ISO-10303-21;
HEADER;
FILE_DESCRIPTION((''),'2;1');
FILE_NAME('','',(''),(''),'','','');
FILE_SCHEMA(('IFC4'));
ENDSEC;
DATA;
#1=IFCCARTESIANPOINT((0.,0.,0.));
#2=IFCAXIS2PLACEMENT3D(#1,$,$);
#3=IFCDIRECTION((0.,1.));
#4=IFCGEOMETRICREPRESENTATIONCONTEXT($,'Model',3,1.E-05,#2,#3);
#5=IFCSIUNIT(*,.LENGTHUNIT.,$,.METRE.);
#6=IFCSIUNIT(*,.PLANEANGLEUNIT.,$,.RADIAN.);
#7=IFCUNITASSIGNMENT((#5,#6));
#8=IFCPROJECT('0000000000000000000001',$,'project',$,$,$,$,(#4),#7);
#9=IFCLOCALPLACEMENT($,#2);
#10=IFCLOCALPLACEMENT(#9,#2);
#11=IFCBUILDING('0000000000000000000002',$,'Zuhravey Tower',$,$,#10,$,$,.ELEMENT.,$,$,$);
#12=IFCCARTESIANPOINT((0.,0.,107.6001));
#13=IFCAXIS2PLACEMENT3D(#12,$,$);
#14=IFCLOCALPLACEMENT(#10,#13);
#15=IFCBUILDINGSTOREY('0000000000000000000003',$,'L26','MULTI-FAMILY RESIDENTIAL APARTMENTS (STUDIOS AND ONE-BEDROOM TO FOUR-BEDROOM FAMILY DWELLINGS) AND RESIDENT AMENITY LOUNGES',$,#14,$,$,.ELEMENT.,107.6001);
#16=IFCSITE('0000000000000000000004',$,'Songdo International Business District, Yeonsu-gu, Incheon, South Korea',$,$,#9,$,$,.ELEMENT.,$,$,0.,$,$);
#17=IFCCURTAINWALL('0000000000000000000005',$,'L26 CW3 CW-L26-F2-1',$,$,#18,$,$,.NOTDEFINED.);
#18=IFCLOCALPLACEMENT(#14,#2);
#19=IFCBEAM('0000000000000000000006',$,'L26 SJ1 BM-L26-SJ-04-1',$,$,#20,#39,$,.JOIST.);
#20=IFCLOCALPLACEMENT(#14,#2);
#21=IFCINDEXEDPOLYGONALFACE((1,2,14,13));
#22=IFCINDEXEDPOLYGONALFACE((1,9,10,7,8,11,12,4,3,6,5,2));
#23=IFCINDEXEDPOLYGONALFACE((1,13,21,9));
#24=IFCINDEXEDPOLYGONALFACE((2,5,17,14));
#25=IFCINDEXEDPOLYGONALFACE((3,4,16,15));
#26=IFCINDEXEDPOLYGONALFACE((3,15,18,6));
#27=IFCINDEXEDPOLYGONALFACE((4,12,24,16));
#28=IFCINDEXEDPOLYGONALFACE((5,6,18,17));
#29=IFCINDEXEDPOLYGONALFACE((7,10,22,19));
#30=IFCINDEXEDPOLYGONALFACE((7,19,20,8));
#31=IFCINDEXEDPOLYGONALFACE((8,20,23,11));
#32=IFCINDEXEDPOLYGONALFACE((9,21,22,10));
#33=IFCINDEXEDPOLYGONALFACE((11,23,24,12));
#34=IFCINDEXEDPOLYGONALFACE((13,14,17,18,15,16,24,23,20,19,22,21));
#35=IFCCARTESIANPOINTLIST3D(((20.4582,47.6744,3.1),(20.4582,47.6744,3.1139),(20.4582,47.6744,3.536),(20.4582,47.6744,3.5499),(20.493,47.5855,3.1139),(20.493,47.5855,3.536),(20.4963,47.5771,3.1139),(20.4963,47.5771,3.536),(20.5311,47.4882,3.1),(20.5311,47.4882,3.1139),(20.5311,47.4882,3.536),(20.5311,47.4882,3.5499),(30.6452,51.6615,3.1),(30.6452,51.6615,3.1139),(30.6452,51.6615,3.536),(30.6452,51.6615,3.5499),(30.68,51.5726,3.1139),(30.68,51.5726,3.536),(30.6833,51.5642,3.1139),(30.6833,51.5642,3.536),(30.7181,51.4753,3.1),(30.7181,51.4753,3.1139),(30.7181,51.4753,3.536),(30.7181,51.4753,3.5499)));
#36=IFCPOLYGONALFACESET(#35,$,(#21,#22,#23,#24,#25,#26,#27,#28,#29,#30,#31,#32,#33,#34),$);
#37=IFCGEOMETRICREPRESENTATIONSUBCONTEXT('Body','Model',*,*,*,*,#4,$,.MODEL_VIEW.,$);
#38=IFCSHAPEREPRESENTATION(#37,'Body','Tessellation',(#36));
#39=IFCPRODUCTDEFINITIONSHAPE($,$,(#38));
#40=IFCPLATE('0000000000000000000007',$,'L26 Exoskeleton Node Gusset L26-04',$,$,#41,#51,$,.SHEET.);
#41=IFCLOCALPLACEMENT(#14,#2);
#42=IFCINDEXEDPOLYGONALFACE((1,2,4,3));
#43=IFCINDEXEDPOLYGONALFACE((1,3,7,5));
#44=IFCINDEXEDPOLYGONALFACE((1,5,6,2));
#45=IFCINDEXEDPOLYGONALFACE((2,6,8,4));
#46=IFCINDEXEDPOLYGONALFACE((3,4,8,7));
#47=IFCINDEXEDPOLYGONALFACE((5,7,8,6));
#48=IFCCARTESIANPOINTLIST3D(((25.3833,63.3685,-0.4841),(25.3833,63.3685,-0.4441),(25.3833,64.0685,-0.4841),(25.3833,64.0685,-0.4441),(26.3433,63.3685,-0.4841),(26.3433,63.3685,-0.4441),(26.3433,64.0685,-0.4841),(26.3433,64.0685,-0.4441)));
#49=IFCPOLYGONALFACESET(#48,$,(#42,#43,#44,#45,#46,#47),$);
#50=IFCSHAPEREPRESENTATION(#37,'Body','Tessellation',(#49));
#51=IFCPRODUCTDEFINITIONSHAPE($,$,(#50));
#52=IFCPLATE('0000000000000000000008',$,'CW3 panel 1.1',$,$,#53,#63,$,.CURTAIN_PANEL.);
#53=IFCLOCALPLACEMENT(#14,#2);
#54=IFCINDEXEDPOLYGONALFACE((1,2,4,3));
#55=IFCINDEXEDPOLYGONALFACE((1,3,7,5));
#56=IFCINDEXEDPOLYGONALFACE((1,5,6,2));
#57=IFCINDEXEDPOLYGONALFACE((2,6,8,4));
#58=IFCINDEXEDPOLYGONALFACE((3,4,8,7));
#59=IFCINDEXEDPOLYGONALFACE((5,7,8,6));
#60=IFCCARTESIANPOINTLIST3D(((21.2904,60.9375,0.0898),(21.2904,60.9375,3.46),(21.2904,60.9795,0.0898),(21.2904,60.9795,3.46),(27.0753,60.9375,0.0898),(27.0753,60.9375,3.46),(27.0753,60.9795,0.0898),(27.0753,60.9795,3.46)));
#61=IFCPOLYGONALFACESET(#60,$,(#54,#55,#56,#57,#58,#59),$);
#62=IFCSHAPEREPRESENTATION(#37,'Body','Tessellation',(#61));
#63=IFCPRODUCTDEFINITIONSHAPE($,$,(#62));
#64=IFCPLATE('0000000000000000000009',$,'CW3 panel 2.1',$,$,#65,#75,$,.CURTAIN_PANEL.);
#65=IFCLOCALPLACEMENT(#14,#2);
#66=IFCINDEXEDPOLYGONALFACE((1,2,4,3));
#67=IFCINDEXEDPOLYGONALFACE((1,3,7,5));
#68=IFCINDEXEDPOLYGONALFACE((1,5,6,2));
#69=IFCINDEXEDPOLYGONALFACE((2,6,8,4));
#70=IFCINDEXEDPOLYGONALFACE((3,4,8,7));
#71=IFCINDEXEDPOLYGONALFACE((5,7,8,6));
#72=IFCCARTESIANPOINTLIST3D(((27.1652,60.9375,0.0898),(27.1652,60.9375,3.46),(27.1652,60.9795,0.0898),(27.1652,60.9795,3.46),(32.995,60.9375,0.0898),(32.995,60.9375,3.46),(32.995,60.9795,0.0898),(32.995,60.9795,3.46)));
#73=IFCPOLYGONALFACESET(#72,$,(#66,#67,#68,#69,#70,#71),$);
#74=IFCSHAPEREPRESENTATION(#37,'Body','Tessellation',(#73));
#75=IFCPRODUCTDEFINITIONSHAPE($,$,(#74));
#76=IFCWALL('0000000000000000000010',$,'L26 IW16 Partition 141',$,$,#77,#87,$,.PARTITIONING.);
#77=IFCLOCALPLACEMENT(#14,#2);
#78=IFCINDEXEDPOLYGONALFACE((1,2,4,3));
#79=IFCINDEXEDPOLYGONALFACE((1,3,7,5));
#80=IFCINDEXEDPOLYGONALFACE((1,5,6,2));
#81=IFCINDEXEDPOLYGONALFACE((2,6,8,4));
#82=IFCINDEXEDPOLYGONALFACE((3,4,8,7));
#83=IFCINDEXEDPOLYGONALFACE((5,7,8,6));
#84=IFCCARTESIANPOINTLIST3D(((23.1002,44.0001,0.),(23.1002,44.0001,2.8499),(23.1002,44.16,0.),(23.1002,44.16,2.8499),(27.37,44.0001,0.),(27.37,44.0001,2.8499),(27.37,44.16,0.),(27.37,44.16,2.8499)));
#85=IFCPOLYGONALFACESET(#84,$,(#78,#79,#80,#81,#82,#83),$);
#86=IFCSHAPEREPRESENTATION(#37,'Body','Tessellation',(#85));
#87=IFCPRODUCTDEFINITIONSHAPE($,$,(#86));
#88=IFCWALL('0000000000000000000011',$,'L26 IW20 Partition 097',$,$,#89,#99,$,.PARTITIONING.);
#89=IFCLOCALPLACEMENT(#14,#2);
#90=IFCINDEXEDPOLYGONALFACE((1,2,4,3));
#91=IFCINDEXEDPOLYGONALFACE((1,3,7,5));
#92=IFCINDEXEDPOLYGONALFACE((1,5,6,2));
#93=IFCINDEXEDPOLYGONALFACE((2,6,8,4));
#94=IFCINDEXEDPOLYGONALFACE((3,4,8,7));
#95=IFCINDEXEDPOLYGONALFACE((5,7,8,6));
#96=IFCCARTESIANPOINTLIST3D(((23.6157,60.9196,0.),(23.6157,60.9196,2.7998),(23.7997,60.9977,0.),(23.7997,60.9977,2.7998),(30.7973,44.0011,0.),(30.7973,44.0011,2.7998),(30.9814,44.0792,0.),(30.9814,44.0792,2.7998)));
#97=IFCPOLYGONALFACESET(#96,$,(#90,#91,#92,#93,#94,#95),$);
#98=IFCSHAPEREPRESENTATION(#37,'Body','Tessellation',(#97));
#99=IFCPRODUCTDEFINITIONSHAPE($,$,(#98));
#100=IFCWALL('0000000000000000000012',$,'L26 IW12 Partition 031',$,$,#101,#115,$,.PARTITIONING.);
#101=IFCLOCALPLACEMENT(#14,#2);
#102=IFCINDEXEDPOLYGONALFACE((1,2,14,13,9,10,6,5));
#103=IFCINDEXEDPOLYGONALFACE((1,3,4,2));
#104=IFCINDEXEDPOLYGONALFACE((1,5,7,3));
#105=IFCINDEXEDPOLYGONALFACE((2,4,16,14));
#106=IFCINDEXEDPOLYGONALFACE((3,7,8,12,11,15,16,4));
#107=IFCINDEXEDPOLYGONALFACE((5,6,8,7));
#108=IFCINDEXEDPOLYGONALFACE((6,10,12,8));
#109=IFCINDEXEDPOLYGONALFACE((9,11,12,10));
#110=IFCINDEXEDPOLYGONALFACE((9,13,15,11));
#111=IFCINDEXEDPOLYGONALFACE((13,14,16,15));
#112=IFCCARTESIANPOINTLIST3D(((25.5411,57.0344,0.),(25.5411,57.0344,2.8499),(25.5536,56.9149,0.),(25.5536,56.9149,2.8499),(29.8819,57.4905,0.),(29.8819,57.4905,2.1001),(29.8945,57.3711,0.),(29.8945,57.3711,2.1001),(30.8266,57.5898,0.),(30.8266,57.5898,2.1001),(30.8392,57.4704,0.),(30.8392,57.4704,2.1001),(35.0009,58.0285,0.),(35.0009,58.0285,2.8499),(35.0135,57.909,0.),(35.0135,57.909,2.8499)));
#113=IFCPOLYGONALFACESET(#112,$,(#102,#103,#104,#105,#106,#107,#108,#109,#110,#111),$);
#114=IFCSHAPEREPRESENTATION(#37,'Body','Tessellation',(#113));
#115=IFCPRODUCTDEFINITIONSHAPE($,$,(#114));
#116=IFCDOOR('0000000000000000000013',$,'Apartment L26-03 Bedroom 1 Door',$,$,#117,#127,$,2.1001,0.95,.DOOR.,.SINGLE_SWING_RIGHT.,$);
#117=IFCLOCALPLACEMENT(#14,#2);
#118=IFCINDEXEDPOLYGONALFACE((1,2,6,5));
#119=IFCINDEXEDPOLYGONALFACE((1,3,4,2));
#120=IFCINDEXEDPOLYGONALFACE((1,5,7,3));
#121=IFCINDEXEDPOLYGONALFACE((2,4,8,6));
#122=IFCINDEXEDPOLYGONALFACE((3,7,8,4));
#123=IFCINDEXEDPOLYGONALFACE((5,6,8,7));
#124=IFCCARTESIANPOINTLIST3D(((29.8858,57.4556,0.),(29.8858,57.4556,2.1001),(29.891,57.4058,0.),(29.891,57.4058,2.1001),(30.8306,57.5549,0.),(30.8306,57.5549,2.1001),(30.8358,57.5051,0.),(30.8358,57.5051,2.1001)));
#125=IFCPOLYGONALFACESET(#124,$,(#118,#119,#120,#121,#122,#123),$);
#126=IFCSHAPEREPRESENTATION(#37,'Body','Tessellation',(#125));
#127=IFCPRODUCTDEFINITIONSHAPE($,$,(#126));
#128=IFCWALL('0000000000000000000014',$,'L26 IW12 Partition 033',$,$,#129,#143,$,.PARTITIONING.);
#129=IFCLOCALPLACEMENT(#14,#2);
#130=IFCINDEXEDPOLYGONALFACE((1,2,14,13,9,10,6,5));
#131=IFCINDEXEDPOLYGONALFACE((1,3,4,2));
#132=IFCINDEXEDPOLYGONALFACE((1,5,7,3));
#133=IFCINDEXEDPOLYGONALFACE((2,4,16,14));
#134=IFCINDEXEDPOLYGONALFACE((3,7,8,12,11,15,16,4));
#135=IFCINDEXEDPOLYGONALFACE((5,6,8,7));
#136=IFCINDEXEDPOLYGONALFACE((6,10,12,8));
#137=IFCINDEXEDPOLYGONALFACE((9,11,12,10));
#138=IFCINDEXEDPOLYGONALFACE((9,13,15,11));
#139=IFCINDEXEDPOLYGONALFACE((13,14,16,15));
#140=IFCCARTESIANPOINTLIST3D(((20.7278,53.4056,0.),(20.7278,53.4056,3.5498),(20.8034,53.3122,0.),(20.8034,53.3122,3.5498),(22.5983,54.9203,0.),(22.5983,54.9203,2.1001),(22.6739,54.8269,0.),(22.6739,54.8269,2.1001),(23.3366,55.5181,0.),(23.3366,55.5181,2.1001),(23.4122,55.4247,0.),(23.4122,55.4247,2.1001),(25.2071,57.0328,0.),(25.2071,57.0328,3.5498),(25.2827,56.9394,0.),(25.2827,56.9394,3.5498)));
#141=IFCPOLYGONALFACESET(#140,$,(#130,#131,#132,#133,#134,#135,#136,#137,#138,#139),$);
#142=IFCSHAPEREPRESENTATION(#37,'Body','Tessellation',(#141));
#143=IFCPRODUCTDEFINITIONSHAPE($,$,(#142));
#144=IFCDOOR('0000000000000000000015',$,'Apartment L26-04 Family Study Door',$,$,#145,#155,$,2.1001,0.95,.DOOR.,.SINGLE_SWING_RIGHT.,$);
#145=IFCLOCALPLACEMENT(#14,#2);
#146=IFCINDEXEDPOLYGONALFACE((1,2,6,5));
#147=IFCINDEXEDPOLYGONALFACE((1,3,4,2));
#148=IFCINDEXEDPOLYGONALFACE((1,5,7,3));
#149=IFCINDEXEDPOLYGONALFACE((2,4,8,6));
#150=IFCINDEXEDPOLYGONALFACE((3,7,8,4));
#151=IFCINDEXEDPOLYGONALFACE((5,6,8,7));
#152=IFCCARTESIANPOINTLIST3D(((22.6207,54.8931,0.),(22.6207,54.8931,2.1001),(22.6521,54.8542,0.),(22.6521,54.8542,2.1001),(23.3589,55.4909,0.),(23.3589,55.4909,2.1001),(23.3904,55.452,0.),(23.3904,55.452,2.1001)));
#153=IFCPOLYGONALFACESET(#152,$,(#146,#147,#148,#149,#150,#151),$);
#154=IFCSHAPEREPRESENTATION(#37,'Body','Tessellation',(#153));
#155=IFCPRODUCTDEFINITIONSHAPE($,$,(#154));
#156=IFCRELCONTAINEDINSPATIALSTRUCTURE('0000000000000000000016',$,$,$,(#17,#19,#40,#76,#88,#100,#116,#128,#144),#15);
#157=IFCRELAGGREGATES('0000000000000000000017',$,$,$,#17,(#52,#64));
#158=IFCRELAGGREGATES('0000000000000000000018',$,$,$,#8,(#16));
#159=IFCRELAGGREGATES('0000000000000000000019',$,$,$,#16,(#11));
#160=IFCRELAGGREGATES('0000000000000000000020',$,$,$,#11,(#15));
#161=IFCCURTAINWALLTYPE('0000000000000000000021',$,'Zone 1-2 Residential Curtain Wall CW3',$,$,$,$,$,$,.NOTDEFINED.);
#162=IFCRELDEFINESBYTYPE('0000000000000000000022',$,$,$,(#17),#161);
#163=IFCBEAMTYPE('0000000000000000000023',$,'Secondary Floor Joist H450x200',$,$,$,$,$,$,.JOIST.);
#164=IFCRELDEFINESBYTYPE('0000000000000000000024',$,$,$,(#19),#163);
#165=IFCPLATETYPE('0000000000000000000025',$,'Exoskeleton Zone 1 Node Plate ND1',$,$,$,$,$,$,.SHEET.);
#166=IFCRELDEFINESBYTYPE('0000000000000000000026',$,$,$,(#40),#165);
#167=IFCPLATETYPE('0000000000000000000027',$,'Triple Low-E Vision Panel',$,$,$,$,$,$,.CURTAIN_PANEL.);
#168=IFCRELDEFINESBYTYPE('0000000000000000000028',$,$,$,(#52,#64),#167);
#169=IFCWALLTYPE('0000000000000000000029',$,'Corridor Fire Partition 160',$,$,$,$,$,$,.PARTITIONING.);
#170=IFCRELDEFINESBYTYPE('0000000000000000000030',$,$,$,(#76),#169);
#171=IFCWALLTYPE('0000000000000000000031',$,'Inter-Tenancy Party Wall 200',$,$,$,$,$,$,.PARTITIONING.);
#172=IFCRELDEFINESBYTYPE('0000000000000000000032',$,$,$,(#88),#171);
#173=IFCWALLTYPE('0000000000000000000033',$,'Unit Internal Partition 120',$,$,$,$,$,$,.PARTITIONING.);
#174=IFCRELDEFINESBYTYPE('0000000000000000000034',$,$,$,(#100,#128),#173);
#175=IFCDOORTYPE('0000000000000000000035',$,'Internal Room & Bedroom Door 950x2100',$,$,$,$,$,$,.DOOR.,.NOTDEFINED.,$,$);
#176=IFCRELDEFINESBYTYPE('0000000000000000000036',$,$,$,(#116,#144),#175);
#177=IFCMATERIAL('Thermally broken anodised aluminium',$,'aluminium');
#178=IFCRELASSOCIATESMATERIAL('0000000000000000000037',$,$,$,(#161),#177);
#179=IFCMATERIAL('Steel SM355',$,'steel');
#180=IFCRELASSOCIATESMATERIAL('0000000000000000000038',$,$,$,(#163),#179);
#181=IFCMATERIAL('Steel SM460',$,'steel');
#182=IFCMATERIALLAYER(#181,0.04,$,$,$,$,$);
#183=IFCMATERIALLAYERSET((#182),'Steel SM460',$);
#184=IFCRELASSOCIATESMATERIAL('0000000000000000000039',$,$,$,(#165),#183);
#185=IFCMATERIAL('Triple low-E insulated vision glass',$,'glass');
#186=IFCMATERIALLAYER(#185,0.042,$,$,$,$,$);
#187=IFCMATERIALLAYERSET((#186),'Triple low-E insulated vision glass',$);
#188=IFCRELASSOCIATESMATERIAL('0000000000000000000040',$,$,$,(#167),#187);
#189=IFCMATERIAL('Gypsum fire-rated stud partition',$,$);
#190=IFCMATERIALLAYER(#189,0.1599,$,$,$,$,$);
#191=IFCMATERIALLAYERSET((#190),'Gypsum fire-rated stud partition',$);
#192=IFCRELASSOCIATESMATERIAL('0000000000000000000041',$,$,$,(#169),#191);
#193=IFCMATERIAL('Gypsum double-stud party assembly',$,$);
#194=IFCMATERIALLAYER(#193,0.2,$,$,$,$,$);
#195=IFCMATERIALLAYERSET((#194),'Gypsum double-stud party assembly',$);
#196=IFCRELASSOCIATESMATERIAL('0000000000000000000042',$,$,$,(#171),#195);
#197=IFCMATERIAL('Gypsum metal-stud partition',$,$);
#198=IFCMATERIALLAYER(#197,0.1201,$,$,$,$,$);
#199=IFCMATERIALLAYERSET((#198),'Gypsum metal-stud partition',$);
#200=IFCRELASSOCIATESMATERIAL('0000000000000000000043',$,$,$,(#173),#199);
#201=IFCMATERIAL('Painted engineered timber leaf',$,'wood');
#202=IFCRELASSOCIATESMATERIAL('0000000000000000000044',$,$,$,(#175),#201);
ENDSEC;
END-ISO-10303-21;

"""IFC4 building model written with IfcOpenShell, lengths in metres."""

from ifc_helpers import new_model, si_unit, direction, frame, frame_2d, origin, origin_2d, place, context, subcontext, project, spatial, rectangle, i_section, extrude, material, layer, layer_set, material_profile, profile_set, type_object, element, fill, aggregate, save


model = new_model("IFC4")

# Units and contexts
model_context = context("Model", 3, precision=1e-05, world=origin(), true_north=direction((0.0, 1.0)))
body_context = subcontext(model_context, "Body", "Model", "MODEL_VIEW")
ifc_project = project(units=[si_unit("LENGTHUNIT", "METRE"), si_unit("PLANEANGLEUNIT", "RADIAN")], contexts=[model_context])

# Site, building, storey
site_placement = place(None, origin())
site = spatial("IfcSite", under=ifc_project, at=site_placement, Name="Songdo International Business District, Yeonsu-gu, Incheon, South Korea", CompositionType="ELEMENT", RefElevation=0.0)
building_placement = place(site_placement, origin())
building = spatial("IfcBuilding", under=site, at=building_placement, Name="Zuhravey Tower", CompositionType="ELEMENT")
storey_placement = place(building_placement, frame((0.0, 0.0, 107.6001)))
storey = spatial("IfcBuildingStorey", under=building, at=storey_placement, Name="L26", Description="MULTI-FAMILY RESIDENTIAL APARTMENTS (STUDIOS AND ONE-BEDROOM TO FOUR-BEDROOM FAMILY DWELLINGS) AND RESIDENT AMENITY LOUNGES", CompositionType="ELEMENT", Elevation=107.6001)

# Curtain wall
ifc_material_1 = material(Name="Thermally broken anodised aluminium", Category="aluminium")
curtain_wall_type = type_object("IfcCurtainWallType", Name="Zone 1-2 Residential Curtain Wall CW3", PredefinedType="NOTDEFINED", material=ifc_material_1)
curtain_wall_placement = place(storey_placement, origin())
curtain_wall = element("IfcCurtainWall", 1, at=curtain_wall_placement, inside=storey, type_object=curtain_wall_type, Name="L26 CW3 CW-L26-F2-1", PredefinedType="NOTDEFINED")

# Shared definitions
ifc_material_2 = material(Name="Steel SM460", Category="steel")

# Beam
ifc_material_3 = material(Name="Steel SM355", Category="steel")
ifc_material_profile_1 = material_profile(ifc_material_3, i_section(OverallWidth=0.2, OverallDepth=0.45, WebThickness=0.009, FlangeThickness=0.0139, at=origin_2d()), Name="H-450x200x9x14")
ifc_profile_set_1 = profile_set([ifc_material_profile_1], Name="Steel SM355")
beam_type_1 = type_object("IfcBeamType", Name="Secondary Floor Joist H450x200", PredefinedType="JOIST", material=ifc_profile_set_1)
beam_1_placement = place(storey_placement, frame((30.6816, 51.5684, 3.325), z_axis=(-0.931217, -0.364466, 0.0), x_axis=(0.364466, -0.931217, 0.0)))
element("IfcBeam", 2, at=beam_1_placement, inside=storey, type_object=beam_type_1, Name="L26 SJ1 BM-L26-SJ-04-1", PredefinedType="JOIST", context=body_context, shape_type="SweptSolid", body=[
    extrude(i_section(OverallWidth=0.2, OverallDepth=0.45, WebThickness=0.009, FlangeThickness=0.0139, at=origin_2d()), origin(), (0.0, 0.0, 1.0), 10.9395),
])

# Plates
ifc_layer_1 = layer(ifc_material_2, 0.04)
ifc_layer_set_1 = layer_set([ifc_layer_1], Name="Steel SM460")
plate_type_1 = type_object("IfcPlateType", Name="Exoskeleton Zone 1 Node Plate ND1", PredefinedType="SHEET", material=ifc_layer_set_1)
plate_1_placement = place(storey_placement, frame((25.8633, 63.7185, -0.4841), z_axis=(0.0, 0.0, 1.0), x_axis=(-1.0, 0.0, 0.0)))
element("IfcPlate", 3, at=plate_1_placement, inside=storey, type_object=plate_type_1, Name="L26 Exoskeleton Node Gusset L26-04", PredefinedType="SHEET", context=body_context, shape_type="SweptSolid", body=[
    extrude(rectangle(XDim=0.96, YDim=0.7, at=origin_2d()), origin(), (0.0, 0.0, 1.0), 0.04),
])
ifc_material_4 = material(Name="Triple low-E insulated vision glass", Category="glass")
ifc_layer_2 = layer(ifc_material_4, 0.042)
ifc_layer_set_2 = layer_set([ifc_layer_2], Name="Triple low-E insulated vision glass")
plate_type_2 = type_object("IfcPlateType", Name="Triple Low-E Vision Panel", PredefinedType="CURTAIN_PANEL", material=ifc_layer_set_2)
plate_2_placement = place(storey_placement, frame((24.1829, 60.9585, 0.0898), z_axis=(0.0, 0.0, 1.0), x_axis=(1.0, 0.0, 0.0)))
plate_2 = element("IfcPlate", 4, at=plate_2_placement, type_object=plate_type_2, Name="CW3 panel 1.1", PredefinedType="CURTAIN_PANEL", context=body_context, shape_type="SweptSolid", body=[
    extrude(rectangle(XDim=5.7849, YDim=0.042, at=origin_2d()), origin(), (0.0, 0.0, 1.0), 3.3701),
])
plate_3_placement = place(storey_placement, frame((30.0801, 60.9585, 0.0898), z_axis=(0.0, 0.0, 1.0), x_axis=(1.0, 0.0, 0.0)))
plate_3 = element("IfcPlate", 5, at=plate_3_placement, type_object=plate_type_2, Name="CW3 panel 2.1", PredefinedType="CURTAIN_PANEL", context=body_context, shape_type="SweptSolid", body=[
    extrude(rectangle(XDim=5.8298, YDim=0.042, at=origin_2d()), origin(), (0.0, 0.0, 1.0), 3.3701),
])
aggregate(curtain_wall, [plate_2, plate_3])

# Shared definitions
ifc_material_5 = material(Name="Gypsum fire-rated stud partition")
ifc_layer_3 = layer(ifc_material_5, 0.1599)
ifc_layer_set_3 = layer_set([ifc_layer_3], Name="Gypsum fire-rated stud partition")
wall_type_1 = type_object("IfcWallType", Name="Corridor Fire Partition 160", PredefinedType="PARTITIONING", material=ifc_layer_set_3)

# Walls
wall_1_placement = place(storey_placement, frame((27.3699, 44.0801, 0.0), z_axis=(0.0, 0.0, 1.0), x_axis=(-1.0, 0.0, 0.0)))
element("IfcWall", 6, at=wall_1_placement, inside=storey, type_object=wall_type_1, Name="L26 IW16 Partition 141", PredefinedType="PARTITIONING", context=body_context, shape_type="SweptSolid", body=[
    extrude(rectangle(XDim=4.2698, YDim=0.1599, at=frame_2d((2.1348, 0.0))), origin(), (0.0, 0.0, 1.0), 2.8499),
])
ifc_material_6 = material(Name="Gypsum double-stud party assembly")
ifc_layer_4 = layer(ifc_material_6, 0.2)
ifc_layer_set_4 = layer_set([ifc_layer_4], Name="Gypsum double-stud party assembly")
wall_type_2 = type_object("IfcWallType", Name="Inter-Tenancy Party Wall 200", PredefinedType="PARTITIONING", material=ifc_layer_set_4)
wall_2_placement = place(storey_placement, frame((30.8894, 44.04, 0.0), z_axis=(0.0, 0.0, 1.0), x_axis=(-0.39074, 0.920501, 0.0)))
element("IfcWall", 7, at=wall_2_placement, inside=storey, type_object=wall_type_2, Name="L26 IW20 Partition 097", PredefinedType="PARTITIONING", context=body_context, shape_type="SweptSolid", body=[
    extrude(rectangle(XDim=18.3796, YDim=0.2, at=frame_2d((9.1899, 0.0))), origin(), (0.0, 0.0, 1.0), 2.7998),
])

# Walls, openings, doors
ifc_material_7 = material(Name="Gypsum metal-stud partition")
ifc_layer_5 = layer(ifc_material_7, 0.1201)
ifc_layer_set_5 = layer_set([ifc_layer_5], Name="Gypsum metal-stud partition")
wall_type_3 = type_object("IfcWallType", Name="Unit Internal Partition 120", PredefinedType="PARTITIONING", material=ifc_layer_set_5)
wall_3_placement = place(storey_placement, frame((35.0071, 57.9688, 0.0), z_axis=(0.0, 0.0, 1.0), x_axis=(-0.994523, -0.104514, 0.0)))
wall_3 = element("IfcWall", 8, at=wall_3_placement, inside=storey, type_object=wall_type_3, Name="L26 IW12 Partition 031", PredefinedType="PARTITIONING", context=body_context, shape_type="SweptSolid", body=[
    extrude(rectangle(XDim=9.512, YDim=0.1201, at=frame_2d((4.7559, 0.0))), origin(), (0.0, 0.0, 1.0), 2.8499),
])
opening_1_placement = place(wall_3_placement, frame((4.197, 0.0, 0.0)))
opening_1 = element("IfcOpeningElement", 9, at=opening_1_placement, cuts=wall_3, PredefinedType="OPENING", context=body_context, shape_type="SweptSolid", body=[
    extrude(rectangle(XDim=0.95, YDim=2.1001, at=frame_2d((0.4751, 1.05))), frame((0.0, 0.072, 0.0), z_axis=(0.0, -1.0, 0.0), x_axis=(1.0, 0.0, 0.0)), (0.0, 0.0, 1.0), 0.144),
])
ifc_material_8 = material(Name="Painted engineered timber leaf", Category="wood")
door_type_1 = type_object("IfcDoorType", Name="Internal Room & Bedroom Door 950x2100", OperationType="NOTDEFINED", PredefinedType="DOOR", material=ifc_material_8)
door_1_placement = place(opening_1_placement, frame((0.95, 0.0, 0.0), z_axis=(0.0, 0.0, 1.0), x_axis=(-1.0, 0.0, 0.0)))
door_1 = element("IfcDoor", 10, at=door_1_placement, inside=storey, type_object=door_type_1, Name="Apartment L26-03 Bedroom 1 Door", OperationType="SINGLE_SWING_RIGHT", OverallHeight=2.1001, OverallWidth=0.95, PredefinedType="DOOR", context=body_context, shape_type="SweptSolid", body=[
    extrude(rectangle(XDim=0.95, YDim=2.1001, at=frame_2d((0.4751, 1.05))), frame((0.0, 0.0249, 0.0), z_axis=(0.0, -1.0, 0.0), x_axis=(1.0, 0.0, 0.0)), (0.0, 0.0, 1.0), 0.05),
])
fill(opening_1, door_1)
wall_4_placement = place(storey_placement, frame((25.2449, 56.9861, 0.0), z_axis=(0.0, 0.0, 1.0), x_axis=(-0.777148, -0.629318, 0.0)))
wall_4 = element("IfcWall", 11, at=wall_4_placement, inside=storey, type_object=wall_type_3, Name="L26 IW12 Partition 033", PredefinedType="PARTITIONING", context=body_context, shape_type="SweptSolid", body=[
    extrude(rectangle(XDim=5.7637, YDim=0.1201, at=frame_2d((2.8818, 0.0))), origin(), (0.0, 0.0, 1.0), 3.5498),
])
opening_2_placement = place(wall_4_placement, frame((2.4067, 0.0, 0.0)))
opening_2 = element("IfcOpeningElement", 12, at=opening_2_placement, cuts=wall_4, PredefinedType="OPENING", context=body_context, shape_type="SweptSolid", body=[
    extrude(rectangle(XDim=0.95, YDim=2.1001, at=frame_2d((0.4751, 1.05))), frame((0.0, 0.072, 0.0), z_axis=(0.0, -1.0, 0.0), x_axis=(1.0, 0.0, 0.0)), (0.0, 0.0, 1.0), 0.144),
])
door_2_placement = place(opening_2_placement, frame((0.95, 0.0, 0.0), z_axis=(0.0, 0.0, 1.0), x_axis=(-1.0, 0.0, 0.0)))
door_2 = element("IfcDoor", 13, at=door_2_placement, inside=storey, type_object=door_type_1, Name="Apartment L26-04 Family Study Door", OperationType="SINGLE_SWING_RIGHT", OverallHeight=2.1001, OverallWidth=0.95, PredefinedType="DOOR", context=body_context, shape_type="SweptSolid", body=[
    extrude(rectangle(XDim=0.95, YDim=2.1001, at=frame_2d((0.4751, 1.05))), frame((0.0, 0.0249, 0.0), z_axis=(0.0, -1.0, 0.0), x_axis=(1.0, 0.0, 0.0)), (0.0, 0.0, 1.0), 0.05),
])
fill(opening_2, door_2)

save(model, "model.ifc")
